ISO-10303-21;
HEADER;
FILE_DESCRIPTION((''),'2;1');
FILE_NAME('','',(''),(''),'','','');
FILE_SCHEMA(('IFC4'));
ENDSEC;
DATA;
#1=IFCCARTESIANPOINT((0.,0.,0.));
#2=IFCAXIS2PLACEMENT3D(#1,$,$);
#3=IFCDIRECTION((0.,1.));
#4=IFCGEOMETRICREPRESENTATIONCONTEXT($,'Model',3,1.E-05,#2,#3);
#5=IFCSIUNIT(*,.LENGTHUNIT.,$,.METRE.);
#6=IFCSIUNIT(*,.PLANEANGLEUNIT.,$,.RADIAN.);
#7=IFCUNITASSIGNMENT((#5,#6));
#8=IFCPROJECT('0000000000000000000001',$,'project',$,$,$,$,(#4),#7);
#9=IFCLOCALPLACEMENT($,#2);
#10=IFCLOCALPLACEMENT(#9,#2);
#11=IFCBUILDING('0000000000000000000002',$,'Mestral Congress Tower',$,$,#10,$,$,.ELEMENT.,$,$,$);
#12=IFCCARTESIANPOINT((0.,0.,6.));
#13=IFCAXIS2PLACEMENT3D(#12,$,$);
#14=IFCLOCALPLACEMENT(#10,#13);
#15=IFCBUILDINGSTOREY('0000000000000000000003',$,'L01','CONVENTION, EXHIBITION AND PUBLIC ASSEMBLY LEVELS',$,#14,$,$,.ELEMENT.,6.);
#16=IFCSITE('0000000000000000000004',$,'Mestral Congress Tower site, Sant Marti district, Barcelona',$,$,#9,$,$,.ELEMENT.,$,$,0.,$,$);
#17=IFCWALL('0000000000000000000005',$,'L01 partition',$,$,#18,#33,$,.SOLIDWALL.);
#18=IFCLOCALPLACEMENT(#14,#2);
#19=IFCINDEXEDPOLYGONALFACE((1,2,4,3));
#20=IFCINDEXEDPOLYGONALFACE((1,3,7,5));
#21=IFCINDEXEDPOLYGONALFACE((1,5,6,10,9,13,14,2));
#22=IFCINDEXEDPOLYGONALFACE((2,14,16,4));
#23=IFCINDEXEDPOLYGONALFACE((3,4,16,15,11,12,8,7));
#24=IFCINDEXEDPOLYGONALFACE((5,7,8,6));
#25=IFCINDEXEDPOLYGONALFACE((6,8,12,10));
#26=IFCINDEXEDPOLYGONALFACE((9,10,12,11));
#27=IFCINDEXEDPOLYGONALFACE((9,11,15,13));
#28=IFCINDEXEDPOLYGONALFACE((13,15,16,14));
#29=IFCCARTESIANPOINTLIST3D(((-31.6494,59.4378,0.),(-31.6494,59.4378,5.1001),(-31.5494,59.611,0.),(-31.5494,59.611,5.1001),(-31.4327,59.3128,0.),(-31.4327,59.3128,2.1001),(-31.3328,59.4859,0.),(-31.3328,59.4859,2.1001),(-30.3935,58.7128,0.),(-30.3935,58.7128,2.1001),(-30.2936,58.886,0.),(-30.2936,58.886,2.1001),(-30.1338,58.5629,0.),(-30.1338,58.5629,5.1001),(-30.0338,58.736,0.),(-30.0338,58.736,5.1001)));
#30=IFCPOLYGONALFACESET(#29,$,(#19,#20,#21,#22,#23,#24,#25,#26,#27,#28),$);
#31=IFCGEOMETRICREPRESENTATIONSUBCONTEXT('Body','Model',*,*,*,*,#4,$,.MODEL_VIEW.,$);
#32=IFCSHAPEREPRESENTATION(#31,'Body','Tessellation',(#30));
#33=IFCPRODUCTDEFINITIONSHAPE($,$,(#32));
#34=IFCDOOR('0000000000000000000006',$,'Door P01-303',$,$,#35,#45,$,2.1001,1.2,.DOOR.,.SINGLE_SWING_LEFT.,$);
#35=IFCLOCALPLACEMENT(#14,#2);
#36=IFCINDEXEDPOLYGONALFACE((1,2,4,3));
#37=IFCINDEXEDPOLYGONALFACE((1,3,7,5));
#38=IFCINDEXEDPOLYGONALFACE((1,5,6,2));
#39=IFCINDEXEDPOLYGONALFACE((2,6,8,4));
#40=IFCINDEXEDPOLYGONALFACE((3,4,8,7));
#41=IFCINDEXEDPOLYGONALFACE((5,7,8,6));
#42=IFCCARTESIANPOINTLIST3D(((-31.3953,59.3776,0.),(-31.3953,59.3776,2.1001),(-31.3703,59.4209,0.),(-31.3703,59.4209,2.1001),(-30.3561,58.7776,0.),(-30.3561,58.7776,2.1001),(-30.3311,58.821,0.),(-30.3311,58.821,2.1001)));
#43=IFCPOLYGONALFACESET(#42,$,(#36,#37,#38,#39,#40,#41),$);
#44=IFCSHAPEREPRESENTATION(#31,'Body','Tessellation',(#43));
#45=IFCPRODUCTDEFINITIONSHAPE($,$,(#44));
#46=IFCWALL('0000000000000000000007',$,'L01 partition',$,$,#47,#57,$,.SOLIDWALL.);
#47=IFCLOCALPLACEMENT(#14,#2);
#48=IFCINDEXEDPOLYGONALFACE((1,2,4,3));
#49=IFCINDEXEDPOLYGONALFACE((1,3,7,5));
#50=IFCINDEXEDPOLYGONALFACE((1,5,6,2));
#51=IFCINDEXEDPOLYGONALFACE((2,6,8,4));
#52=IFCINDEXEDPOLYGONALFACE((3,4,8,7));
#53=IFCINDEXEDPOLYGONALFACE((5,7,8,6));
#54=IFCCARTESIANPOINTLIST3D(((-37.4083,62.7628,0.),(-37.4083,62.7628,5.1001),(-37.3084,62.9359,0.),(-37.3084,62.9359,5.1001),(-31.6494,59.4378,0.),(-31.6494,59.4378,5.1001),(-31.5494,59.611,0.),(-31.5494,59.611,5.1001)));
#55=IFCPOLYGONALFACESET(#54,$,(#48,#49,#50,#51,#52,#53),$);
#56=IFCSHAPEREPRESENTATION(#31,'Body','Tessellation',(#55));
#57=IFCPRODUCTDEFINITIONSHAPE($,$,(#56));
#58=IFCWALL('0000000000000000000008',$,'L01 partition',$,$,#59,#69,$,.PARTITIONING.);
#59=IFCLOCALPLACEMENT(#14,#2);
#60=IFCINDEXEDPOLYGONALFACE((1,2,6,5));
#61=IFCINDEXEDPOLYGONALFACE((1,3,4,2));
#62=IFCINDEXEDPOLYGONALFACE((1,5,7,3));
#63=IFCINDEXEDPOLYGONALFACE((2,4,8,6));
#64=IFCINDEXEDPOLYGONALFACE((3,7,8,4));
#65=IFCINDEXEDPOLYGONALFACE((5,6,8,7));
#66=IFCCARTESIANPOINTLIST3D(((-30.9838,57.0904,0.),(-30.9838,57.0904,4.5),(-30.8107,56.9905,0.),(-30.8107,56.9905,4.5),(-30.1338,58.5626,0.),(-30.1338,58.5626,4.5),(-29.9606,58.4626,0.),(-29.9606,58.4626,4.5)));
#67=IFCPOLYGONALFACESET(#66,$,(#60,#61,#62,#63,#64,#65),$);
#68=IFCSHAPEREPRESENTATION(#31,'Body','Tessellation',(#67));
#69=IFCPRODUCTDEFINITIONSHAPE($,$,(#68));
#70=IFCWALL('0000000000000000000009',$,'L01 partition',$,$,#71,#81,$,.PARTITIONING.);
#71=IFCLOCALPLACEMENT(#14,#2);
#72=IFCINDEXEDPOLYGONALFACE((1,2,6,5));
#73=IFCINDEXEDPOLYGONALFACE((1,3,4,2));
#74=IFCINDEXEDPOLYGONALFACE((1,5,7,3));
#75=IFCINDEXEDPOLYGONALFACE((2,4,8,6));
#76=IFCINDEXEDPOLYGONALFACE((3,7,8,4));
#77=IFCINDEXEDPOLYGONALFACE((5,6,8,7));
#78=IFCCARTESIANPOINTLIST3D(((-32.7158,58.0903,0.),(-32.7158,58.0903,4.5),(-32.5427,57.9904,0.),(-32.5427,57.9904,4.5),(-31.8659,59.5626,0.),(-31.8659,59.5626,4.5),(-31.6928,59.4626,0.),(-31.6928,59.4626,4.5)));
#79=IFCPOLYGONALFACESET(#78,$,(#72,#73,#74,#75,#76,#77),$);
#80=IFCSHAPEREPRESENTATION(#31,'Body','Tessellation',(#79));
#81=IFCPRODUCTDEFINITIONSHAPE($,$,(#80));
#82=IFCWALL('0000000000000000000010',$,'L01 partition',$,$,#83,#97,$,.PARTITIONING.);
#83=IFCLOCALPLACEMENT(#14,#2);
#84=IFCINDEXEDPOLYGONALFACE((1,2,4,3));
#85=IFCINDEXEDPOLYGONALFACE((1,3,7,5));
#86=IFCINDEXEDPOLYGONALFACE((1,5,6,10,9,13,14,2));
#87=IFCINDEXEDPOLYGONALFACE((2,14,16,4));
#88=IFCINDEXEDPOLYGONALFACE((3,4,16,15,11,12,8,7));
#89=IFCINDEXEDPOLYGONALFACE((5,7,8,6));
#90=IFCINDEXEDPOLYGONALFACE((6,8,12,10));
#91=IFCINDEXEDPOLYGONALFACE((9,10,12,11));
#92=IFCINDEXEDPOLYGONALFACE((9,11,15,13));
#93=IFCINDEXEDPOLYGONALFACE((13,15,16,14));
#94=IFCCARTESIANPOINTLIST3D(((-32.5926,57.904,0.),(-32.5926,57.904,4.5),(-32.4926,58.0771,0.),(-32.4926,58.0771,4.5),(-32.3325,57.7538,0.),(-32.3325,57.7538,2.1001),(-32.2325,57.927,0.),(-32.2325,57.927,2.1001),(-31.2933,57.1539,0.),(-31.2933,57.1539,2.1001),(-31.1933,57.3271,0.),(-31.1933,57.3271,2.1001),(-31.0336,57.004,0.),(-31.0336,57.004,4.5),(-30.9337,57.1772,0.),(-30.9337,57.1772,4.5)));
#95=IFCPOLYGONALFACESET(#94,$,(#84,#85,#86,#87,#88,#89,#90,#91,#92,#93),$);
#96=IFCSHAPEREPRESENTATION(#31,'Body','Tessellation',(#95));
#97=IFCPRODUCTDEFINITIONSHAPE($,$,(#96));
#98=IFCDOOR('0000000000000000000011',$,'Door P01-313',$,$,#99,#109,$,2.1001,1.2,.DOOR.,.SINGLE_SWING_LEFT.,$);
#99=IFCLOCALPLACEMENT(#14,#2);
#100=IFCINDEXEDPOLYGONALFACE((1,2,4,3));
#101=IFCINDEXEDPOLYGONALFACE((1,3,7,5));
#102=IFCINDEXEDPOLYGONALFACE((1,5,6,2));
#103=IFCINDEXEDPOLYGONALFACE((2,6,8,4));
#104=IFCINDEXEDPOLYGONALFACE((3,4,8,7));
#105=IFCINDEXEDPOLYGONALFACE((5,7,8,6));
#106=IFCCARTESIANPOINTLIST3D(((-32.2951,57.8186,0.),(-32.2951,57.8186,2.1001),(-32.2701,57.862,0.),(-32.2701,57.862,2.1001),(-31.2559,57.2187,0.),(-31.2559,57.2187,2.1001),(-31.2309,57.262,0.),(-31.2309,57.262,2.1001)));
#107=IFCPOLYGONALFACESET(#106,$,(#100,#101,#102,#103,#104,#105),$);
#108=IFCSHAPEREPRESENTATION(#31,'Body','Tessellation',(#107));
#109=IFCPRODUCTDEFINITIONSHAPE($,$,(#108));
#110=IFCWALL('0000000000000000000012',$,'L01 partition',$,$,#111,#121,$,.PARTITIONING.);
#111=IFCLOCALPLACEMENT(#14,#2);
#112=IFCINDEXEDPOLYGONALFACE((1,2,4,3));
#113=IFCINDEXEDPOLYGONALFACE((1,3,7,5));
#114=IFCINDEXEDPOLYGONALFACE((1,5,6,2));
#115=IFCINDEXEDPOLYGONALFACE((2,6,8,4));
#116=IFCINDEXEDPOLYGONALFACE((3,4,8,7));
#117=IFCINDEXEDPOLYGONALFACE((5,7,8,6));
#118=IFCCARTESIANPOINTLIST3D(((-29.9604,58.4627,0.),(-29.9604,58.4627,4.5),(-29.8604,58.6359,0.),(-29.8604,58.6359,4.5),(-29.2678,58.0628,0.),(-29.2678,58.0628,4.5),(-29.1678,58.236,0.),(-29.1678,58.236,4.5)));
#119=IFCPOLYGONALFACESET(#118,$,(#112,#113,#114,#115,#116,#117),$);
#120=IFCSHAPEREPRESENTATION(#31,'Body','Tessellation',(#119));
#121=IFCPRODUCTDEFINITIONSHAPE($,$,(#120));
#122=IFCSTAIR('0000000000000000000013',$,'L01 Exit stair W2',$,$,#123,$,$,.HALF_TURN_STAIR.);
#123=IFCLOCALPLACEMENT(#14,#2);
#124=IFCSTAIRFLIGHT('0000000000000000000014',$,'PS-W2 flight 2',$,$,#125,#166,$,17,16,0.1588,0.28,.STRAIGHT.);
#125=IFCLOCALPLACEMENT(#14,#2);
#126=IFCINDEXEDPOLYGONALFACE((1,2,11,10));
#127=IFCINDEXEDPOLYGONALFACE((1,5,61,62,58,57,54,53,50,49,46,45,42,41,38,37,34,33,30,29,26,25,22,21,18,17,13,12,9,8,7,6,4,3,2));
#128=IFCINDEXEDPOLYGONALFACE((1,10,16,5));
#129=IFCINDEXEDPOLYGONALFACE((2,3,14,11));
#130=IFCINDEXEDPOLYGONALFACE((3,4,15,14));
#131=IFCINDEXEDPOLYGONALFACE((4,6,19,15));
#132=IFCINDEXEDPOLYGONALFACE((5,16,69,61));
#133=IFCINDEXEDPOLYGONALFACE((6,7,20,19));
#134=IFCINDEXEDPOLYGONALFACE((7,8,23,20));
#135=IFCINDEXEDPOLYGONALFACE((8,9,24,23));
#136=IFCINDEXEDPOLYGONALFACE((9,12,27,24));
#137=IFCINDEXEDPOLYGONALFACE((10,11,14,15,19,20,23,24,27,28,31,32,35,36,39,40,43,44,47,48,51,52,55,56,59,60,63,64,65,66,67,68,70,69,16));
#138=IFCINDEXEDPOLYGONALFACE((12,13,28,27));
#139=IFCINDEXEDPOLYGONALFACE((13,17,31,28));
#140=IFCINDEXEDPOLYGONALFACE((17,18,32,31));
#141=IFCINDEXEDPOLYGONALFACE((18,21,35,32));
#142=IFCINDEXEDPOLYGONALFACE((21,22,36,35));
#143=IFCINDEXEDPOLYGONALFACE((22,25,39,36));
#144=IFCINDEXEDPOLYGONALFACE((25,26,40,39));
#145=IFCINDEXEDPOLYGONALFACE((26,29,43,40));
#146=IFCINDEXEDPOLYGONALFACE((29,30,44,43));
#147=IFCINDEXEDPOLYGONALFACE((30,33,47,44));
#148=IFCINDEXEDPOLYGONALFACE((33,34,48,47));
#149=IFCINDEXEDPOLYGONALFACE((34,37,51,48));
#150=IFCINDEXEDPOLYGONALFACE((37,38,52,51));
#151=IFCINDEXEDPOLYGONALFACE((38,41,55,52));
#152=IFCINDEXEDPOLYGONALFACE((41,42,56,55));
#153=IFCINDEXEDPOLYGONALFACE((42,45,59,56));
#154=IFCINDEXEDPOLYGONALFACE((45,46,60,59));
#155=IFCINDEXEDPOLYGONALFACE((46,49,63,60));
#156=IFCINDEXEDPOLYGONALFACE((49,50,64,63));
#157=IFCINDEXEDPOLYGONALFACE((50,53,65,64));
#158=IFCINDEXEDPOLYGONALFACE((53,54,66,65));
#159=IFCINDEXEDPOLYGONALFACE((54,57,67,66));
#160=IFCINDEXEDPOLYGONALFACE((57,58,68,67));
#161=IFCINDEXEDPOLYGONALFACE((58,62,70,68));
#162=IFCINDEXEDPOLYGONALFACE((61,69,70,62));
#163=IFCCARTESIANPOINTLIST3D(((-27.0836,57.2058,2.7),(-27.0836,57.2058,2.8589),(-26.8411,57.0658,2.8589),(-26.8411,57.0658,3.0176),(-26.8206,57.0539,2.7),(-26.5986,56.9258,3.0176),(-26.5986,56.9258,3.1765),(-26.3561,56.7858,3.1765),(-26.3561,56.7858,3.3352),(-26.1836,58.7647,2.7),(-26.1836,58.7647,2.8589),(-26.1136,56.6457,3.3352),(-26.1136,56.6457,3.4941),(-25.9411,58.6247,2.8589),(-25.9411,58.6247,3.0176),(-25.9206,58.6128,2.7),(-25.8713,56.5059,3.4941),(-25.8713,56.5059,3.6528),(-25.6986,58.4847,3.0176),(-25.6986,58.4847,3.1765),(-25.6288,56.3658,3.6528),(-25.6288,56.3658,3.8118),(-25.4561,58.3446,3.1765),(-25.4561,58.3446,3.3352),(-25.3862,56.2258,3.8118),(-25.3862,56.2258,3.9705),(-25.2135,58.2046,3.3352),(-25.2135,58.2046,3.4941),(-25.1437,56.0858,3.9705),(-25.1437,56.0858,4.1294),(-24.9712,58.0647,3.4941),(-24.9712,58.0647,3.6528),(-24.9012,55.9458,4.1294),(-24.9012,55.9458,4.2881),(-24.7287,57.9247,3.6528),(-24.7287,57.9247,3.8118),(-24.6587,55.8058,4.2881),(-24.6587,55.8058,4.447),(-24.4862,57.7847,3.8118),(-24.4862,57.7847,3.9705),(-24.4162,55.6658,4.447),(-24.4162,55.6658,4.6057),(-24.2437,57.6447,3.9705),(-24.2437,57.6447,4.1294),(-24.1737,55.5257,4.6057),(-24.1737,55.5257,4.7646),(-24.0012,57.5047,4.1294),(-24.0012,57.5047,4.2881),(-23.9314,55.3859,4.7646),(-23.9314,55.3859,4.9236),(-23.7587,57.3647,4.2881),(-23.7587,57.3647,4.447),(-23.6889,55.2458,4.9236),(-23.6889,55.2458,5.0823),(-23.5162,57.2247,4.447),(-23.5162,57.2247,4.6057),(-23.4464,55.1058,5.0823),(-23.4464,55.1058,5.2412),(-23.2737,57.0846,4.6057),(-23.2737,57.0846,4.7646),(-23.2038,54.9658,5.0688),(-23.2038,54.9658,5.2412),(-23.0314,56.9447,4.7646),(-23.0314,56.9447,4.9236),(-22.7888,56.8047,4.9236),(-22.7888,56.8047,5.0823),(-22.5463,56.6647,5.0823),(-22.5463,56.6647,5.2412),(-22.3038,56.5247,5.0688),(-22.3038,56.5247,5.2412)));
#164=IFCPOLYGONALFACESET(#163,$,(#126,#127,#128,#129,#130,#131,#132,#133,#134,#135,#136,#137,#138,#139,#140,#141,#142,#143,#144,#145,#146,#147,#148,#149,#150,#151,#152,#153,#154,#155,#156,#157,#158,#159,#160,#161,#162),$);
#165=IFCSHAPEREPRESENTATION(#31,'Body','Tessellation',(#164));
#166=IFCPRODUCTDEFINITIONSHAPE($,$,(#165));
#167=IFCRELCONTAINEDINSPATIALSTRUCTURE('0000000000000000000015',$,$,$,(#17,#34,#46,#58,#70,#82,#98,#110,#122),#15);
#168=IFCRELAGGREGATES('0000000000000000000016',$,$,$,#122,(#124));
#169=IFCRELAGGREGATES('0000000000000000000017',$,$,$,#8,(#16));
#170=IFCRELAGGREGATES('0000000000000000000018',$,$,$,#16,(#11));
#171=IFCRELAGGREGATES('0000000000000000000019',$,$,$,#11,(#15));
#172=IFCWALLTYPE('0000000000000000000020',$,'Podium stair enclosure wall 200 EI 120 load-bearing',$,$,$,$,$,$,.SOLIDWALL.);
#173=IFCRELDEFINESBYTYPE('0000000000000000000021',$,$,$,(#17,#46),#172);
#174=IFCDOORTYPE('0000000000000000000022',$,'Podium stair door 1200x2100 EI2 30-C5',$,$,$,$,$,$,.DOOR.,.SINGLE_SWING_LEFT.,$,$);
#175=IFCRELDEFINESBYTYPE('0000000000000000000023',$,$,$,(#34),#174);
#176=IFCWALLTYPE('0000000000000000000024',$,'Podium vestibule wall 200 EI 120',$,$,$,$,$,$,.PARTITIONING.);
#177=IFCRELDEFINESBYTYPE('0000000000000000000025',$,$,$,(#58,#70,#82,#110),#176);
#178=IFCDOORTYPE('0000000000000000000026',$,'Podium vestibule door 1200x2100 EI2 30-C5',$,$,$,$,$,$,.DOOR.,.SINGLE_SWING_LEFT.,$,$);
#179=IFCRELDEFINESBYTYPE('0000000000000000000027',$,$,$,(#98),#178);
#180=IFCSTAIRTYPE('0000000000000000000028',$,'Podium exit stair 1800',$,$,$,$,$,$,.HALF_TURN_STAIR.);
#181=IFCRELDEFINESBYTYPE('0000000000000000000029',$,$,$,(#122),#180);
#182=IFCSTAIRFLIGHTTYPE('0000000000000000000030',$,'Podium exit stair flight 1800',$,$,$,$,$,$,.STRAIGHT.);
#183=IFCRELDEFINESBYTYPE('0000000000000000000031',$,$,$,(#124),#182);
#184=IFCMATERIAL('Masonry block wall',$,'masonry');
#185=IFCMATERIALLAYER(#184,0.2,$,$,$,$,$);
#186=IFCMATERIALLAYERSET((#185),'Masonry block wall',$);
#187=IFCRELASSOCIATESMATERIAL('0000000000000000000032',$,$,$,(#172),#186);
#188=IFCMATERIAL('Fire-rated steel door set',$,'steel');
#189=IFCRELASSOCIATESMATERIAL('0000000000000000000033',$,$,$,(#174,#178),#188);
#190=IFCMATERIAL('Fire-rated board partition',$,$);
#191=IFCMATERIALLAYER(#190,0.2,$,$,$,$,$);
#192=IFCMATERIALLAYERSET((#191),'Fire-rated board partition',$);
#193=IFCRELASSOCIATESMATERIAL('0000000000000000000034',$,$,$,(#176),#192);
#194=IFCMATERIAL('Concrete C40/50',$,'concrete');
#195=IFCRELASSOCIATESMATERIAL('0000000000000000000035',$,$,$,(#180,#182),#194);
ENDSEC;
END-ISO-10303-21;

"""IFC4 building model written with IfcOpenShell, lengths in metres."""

from ifc_helpers import new_model, si_unit, direction, frame, frame_2d, origin, place, context, subcontext, project, spatial, polyline, rectangle, outline, extrude, material, layer, layer_set, type_object, element, fill, aggregate, save


model = new_model("IFC4")

# Units and contexts
model_context = context("Model", 3, precision=1e-05, world=origin(), true_north=direction((0.0, 1.0)))
body_context = subcontext(model_context, "Body", "Model", "MODEL_VIEW")
ifc_project = project(units=[si_unit("LENGTHUNIT", "METRE"), si_unit("PLANEANGLEUNIT", "RADIAN")], contexts=[model_context])

# Site, building, storey
site_placement = place(None, origin())
site = spatial("IfcSite", under=ifc_project, at=site_placement, Name="Mestral Congress Tower site, Sant Marti district, Barcelona", CompositionType="ELEMENT", RefElevation=0.0)
building_placement = place(site_placement, origin())
building = spatial("IfcBuilding", under=site, at=building_placement, Name="Mestral Congress Tower", CompositionType="ELEMENT")
storey_placement = place(building_placement, frame((0.0, 0.0, 6.0)))
storey = spatial("IfcBuildingStorey", under=building, at=storey_placement, Name="L01", Description="CONVENTION, EXHIBITION AND PUBLIC ASSEMBLY LEVELS", CompositionType="ELEMENT", Elevation=6.0)

# Shared definitions
ifc_material_1 = material(Name="Masonry block wall", Category="masonry")
ifc_layer_1 = layer(ifc_material_1, 0.2)
ifc_layer_set_1 = layer_set([ifc_layer_1], Name="Masonry block wall")
wall_type_1 = type_object("IfcWallType", Name="Podium stair enclosure wall 200 EI 120 load-bearing", PredefinedType="SOLIDWALL", material=ifc_layer_set_1)

# Wall, opening, door
wall_1_placement = place(storey_placement, frame((-31.5994, 59.5244, 0.0), z_axis=(0.0, 0.0, 1.0), x_axis=(0.866037, -0.49998, 0.0)))
wall_1 = element("IfcWall", 1, at=wall_1_placement, inside=storey, type_object=wall_type_1, Name="L01 partition", PredefinedType="SOLIDWALL", context=body_context, shape_type="SweptSolid", body=[
    extrude(rectangle(XDim=1.75, YDim=0.2, at=frame_2d((0.875, 0.0))), origin(), (0.0, 0.0, 1.0), 5.1001),
])
opening_1_placement = place(wall_1_placement, frame((0.25, 0.0, 0.0)))
opening_1 = element("IfcOpeningElement", 2, at=opening_1_placement, cuts=wall_1, PredefinedType="OPENING", context=body_context, shape_type="SweptSolid", body=[
    extrude(rectangle(XDim=1.2, YDim=2.1001, at=frame_2d((0.6001, 1.05))), frame((0.0, 0.1099, 0.0), z_axis=(0.0, -1.0, 0.0), x_axis=(1.0, 0.0, 0.0)), (0.0, 0.0, 1.0), 0.22),
])
ifc_material_2 = material(Name="Fire-rated steel door set", Category="steel")
door_type_1 = type_object("IfcDoorType", Name="Podium stair door 1200x2100 EI2 30-C5", OperationType="SINGLE_SWING_LEFT", PredefinedType="DOOR", material=ifc_material_2)
door_1_placement = place(opening_1_placement, origin())
door_1 = element("IfcDoor", 3, at=door_1_placement, inside=storey, type_object=door_type_1, Name="Door P01-303", OperationType="SINGLE_SWING_LEFT", OverallHeight=2.1001, OverallWidth=1.2, PredefinedType="DOOR", context=body_context, shape_type="SweptSolid", body=[
    extrude(rectangle(XDim=1.2, YDim=2.1001, at=frame_2d((0.6001, 1.05))), frame((0.0, 0.0249, 0.0), z_axis=(0.0, -1.0, 0.0), x_axis=(1.0, 0.0, 0.0)), (0.0, 0.0, 1.0), 0.05),
])
fill(opening_1, door_1)

# Walls
wall_2_placement = place(storey_placement, frame((-31.5994, 59.5244, 0.0), z_axis=(0.0, 0.0, 1.0), x_axis=(-0.866027, 0.499997, 0.0)))
element("IfcWall", 4, at=wall_2_placement, inside=storey, type_object=wall_type_1, Name="L01 partition", PredefinedType="SOLIDWALL", context=body_context, shape_type="SweptSolid", body=[
    extrude(rectangle(XDim=6.6499, YDim=0.2, at=frame_2d((3.325, 0.0))), origin(), (0.0, 0.0, 1.0), 5.1001),
])
ifc_material_3 = material(Name="Fire-rated board partition")
ifc_layer_2 = layer(ifc_material_3, 0.2)
ifc_layer_set_2 = layer_set([ifc_layer_2], Name="Fire-rated board partition")
wall_type_2 = type_object("IfcWallType", Name="Podium vestibule wall 200 EI 120", PredefinedType="PARTITIONING", material=ifc_layer_set_2)
for number, where, z_axis, x_axis, name in (
    (5, (-30.0471, 58.5127, 0.0), (0.0, 0.0, 1.0), (-0.500062, -0.865989, 0.0), "L01 partition"),
    (6, (-31.7793, 59.5127, 0.0), (0.0, 0.0, 1.0), (-0.499955, -0.866052, 0.0), "L01 partition"),
):
    element("IfcWall", number, at=place(storey_placement, frame(where, z_axis=z_axis, x_axis=x_axis)), inside=storey, type_object=wall_type_2, Name=name, PredefinedType="PARTITIONING", context=body_context, shape_type="SweptSolid", body=[
        extrude(rectangle(XDim=1.7, YDim=0.2, at=frame_2d((0.8501, 0.0))), origin(), (0.0, 0.0, 1.0), 4.5),
    ])

# Wall, opening, door
wall_3_placement = place(storey_placement, frame((-32.5425, 57.9905, 0.0), z_axis=(0.0, 0.0, 1.0), x_axis=(0.866048, -0.499961, 0.0)))
wall_3 = element("IfcWall", 7, at=wall_3_placement, inside=storey, type_object=wall_type_2, Name="L01 partition", PredefinedType="PARTITIONING", context=body_context, shape_type="SweptSolid", body=[
    extrude(rectangle(XDim=1.8, YDim=0.2, at=frame_2d((0.8999, 0.0))), origin(), (0.0, 0.0, 1.0), 4.5),
])
opening_2_placement = place(wall_3_placement, frame((0.3, 0.0, 0.0)))
opening_2 = element("IfcOpeningElement", 8, at=opening_2_placement, cuts=wall_3, PredefinedType="OPENING", context=body_context, shape_type="SweptSolid", body=[
    extrude(rectangle(XDim=1.2, YDim=2.1001, at=frame_2d((0.6001, 1.05))), frame((0.0, 0.1099, 0.0), z_axis=(0.0, -1.0, 0.0), x_axis=(1.0, 0.0, 0.0)), (0.0, 0.0, 1.0), 0.22),
])
door_type_2 = type_object("IfcDoorType", Name="Podium vestibule door 1200x2100 EI2 30-C5", OperationType="SINGLE_SWING_LEFT", PredefinedType="DOOR", material=ifc_material_2)
door_2_placement = place(opening_2_placement, origin())
door_2 = element("IfcDoor", 9, at=door_2_placement, inside=storey, type_object=door_type_2, Name="Door P01-313", OperationType="SINGLE_SWING_LEFT", OverallHeight=2.1001, OverallWidth=1.2, PredefinedType="DOOR", context=body_context, shape_type="SweptSolid", body=[
    extrude(rectangle(XDim=1.2, YDim=2.1001, at=frame_2d((0.6001, 1.05))), frame((0.0, 0.0249, 0.0), z_axis=(0.0, -1.0, 0.0), x_axis=(1.0, 0.0, 0.0)), (0.0, 0.0, 1.0), 0.05),
])
fill(opening_2, door_2)

# Wall
wall_4_placement = place(storey_placement, frame((-29.2178, 58.1494, 0.0), z_axis=(0.0, 0.0, 1.0), x_axis=(-0.866018, 0.500013, 0.0)))
element("IfcWall", 10, at=wall_4_placement, inside=storey, type_object=wall_type_2, Name="L01 partition", PredefinedType="PARTITIONING", context=body_context, shape_type="SweptSolid", body=[
    extrude(rectangle(XDim=0.7998, YDim=0.2, at=frame_2d((0.3999, 0.0))), origin(), (0.0, 0.0, 1.0), 4.5),
])

# Stair, stair flight
ifc_material_4 = material(Name="Concrete C40/50", Category="concrete")
stair_type = type_object("IfcStairType", Name="Podium exit stair 1800", PredefinedType="HALF_TURN_STAIR", material=ifc_material_4)
placement = place(storey_placement, origin())
stair_1 = element("IfcStair", 11, at=placement, inside=storey, type_object=stair_type, Name="L01 Exit stair W2", PredefinedType="HALF_TURN_STAIR")
stair_flight_type = type_object("IfcStairFlightType", Name="Podium exit stair flight 1800", PredefinedType="STRAIGHT", material=ifc_material_4)
stair_flight_1_placement = place(storey_placement, frame((-26.6335, 57.9854, 2.7), z_axis=(0.0, 0.0, 1.0), x_axis=(0.866025, -0.5, 0.0)))
stair_flight_1 = element("IfcStairFlight", 12, at=stair_flight_1_placement, type_object=stair_flight_type, Name="PS-W2 flight 2", NumberOfRisers=17, NumberOfTreads=16, PredefinedType="STRAIGHT", RiserHeight=0.1588, TreadLength=0.28, context=body_context, shape_type="SweptSolid", body=[
    extrude(outline(polyline([(0.0, 0.0), (0.0, 0.1589), (0.28, 0.1589), (0.28, 0.3176), (0.5601, 0.3176), (0.5601, 0.4766), (0.8401, 0.4766), (0.8401, 0.6353), (1.1201, 0.6353), (1.1201, 0.7942), (1.3999, 0.7942), (1.3999, 0.9529), (1.6799, 0.9529), (1.6799, 1.1118), (1.96, 1.1118), (1.96, 1.2705), (2.24, 1.2705), (2.24, 1.4294), (2.52, 1.4294), (2.52, 1.5881), (2.8, 1.5881), (2.8, 1.7471), (3.0801, 1.7471), (3.0801, 1.9058), (3.3601, 1.9058), (3.3601, 2.0647), (3.6399, 2.0647), (3.6399, 2.2236), (3.9199, 2.2236), (3.9199, 2.3823), (4.2, 2.3823), (4.2, 2.5413), (4.48, 2.5413), (4.48, 2.7), (4.48, 2.3689), (0.3037, 0.0), (0.0, 0.0)])), frame((0.0, 0.8999, 0.0), z_axis=(0.0, -1.0, 0.0), x_axis=(1.0, 0.0, 0.0)), (0.0, 0.0, 1.0), 1.8),
])
aggregate(stair_1, [stair_flight_1])

save(model, "model.ifc")
